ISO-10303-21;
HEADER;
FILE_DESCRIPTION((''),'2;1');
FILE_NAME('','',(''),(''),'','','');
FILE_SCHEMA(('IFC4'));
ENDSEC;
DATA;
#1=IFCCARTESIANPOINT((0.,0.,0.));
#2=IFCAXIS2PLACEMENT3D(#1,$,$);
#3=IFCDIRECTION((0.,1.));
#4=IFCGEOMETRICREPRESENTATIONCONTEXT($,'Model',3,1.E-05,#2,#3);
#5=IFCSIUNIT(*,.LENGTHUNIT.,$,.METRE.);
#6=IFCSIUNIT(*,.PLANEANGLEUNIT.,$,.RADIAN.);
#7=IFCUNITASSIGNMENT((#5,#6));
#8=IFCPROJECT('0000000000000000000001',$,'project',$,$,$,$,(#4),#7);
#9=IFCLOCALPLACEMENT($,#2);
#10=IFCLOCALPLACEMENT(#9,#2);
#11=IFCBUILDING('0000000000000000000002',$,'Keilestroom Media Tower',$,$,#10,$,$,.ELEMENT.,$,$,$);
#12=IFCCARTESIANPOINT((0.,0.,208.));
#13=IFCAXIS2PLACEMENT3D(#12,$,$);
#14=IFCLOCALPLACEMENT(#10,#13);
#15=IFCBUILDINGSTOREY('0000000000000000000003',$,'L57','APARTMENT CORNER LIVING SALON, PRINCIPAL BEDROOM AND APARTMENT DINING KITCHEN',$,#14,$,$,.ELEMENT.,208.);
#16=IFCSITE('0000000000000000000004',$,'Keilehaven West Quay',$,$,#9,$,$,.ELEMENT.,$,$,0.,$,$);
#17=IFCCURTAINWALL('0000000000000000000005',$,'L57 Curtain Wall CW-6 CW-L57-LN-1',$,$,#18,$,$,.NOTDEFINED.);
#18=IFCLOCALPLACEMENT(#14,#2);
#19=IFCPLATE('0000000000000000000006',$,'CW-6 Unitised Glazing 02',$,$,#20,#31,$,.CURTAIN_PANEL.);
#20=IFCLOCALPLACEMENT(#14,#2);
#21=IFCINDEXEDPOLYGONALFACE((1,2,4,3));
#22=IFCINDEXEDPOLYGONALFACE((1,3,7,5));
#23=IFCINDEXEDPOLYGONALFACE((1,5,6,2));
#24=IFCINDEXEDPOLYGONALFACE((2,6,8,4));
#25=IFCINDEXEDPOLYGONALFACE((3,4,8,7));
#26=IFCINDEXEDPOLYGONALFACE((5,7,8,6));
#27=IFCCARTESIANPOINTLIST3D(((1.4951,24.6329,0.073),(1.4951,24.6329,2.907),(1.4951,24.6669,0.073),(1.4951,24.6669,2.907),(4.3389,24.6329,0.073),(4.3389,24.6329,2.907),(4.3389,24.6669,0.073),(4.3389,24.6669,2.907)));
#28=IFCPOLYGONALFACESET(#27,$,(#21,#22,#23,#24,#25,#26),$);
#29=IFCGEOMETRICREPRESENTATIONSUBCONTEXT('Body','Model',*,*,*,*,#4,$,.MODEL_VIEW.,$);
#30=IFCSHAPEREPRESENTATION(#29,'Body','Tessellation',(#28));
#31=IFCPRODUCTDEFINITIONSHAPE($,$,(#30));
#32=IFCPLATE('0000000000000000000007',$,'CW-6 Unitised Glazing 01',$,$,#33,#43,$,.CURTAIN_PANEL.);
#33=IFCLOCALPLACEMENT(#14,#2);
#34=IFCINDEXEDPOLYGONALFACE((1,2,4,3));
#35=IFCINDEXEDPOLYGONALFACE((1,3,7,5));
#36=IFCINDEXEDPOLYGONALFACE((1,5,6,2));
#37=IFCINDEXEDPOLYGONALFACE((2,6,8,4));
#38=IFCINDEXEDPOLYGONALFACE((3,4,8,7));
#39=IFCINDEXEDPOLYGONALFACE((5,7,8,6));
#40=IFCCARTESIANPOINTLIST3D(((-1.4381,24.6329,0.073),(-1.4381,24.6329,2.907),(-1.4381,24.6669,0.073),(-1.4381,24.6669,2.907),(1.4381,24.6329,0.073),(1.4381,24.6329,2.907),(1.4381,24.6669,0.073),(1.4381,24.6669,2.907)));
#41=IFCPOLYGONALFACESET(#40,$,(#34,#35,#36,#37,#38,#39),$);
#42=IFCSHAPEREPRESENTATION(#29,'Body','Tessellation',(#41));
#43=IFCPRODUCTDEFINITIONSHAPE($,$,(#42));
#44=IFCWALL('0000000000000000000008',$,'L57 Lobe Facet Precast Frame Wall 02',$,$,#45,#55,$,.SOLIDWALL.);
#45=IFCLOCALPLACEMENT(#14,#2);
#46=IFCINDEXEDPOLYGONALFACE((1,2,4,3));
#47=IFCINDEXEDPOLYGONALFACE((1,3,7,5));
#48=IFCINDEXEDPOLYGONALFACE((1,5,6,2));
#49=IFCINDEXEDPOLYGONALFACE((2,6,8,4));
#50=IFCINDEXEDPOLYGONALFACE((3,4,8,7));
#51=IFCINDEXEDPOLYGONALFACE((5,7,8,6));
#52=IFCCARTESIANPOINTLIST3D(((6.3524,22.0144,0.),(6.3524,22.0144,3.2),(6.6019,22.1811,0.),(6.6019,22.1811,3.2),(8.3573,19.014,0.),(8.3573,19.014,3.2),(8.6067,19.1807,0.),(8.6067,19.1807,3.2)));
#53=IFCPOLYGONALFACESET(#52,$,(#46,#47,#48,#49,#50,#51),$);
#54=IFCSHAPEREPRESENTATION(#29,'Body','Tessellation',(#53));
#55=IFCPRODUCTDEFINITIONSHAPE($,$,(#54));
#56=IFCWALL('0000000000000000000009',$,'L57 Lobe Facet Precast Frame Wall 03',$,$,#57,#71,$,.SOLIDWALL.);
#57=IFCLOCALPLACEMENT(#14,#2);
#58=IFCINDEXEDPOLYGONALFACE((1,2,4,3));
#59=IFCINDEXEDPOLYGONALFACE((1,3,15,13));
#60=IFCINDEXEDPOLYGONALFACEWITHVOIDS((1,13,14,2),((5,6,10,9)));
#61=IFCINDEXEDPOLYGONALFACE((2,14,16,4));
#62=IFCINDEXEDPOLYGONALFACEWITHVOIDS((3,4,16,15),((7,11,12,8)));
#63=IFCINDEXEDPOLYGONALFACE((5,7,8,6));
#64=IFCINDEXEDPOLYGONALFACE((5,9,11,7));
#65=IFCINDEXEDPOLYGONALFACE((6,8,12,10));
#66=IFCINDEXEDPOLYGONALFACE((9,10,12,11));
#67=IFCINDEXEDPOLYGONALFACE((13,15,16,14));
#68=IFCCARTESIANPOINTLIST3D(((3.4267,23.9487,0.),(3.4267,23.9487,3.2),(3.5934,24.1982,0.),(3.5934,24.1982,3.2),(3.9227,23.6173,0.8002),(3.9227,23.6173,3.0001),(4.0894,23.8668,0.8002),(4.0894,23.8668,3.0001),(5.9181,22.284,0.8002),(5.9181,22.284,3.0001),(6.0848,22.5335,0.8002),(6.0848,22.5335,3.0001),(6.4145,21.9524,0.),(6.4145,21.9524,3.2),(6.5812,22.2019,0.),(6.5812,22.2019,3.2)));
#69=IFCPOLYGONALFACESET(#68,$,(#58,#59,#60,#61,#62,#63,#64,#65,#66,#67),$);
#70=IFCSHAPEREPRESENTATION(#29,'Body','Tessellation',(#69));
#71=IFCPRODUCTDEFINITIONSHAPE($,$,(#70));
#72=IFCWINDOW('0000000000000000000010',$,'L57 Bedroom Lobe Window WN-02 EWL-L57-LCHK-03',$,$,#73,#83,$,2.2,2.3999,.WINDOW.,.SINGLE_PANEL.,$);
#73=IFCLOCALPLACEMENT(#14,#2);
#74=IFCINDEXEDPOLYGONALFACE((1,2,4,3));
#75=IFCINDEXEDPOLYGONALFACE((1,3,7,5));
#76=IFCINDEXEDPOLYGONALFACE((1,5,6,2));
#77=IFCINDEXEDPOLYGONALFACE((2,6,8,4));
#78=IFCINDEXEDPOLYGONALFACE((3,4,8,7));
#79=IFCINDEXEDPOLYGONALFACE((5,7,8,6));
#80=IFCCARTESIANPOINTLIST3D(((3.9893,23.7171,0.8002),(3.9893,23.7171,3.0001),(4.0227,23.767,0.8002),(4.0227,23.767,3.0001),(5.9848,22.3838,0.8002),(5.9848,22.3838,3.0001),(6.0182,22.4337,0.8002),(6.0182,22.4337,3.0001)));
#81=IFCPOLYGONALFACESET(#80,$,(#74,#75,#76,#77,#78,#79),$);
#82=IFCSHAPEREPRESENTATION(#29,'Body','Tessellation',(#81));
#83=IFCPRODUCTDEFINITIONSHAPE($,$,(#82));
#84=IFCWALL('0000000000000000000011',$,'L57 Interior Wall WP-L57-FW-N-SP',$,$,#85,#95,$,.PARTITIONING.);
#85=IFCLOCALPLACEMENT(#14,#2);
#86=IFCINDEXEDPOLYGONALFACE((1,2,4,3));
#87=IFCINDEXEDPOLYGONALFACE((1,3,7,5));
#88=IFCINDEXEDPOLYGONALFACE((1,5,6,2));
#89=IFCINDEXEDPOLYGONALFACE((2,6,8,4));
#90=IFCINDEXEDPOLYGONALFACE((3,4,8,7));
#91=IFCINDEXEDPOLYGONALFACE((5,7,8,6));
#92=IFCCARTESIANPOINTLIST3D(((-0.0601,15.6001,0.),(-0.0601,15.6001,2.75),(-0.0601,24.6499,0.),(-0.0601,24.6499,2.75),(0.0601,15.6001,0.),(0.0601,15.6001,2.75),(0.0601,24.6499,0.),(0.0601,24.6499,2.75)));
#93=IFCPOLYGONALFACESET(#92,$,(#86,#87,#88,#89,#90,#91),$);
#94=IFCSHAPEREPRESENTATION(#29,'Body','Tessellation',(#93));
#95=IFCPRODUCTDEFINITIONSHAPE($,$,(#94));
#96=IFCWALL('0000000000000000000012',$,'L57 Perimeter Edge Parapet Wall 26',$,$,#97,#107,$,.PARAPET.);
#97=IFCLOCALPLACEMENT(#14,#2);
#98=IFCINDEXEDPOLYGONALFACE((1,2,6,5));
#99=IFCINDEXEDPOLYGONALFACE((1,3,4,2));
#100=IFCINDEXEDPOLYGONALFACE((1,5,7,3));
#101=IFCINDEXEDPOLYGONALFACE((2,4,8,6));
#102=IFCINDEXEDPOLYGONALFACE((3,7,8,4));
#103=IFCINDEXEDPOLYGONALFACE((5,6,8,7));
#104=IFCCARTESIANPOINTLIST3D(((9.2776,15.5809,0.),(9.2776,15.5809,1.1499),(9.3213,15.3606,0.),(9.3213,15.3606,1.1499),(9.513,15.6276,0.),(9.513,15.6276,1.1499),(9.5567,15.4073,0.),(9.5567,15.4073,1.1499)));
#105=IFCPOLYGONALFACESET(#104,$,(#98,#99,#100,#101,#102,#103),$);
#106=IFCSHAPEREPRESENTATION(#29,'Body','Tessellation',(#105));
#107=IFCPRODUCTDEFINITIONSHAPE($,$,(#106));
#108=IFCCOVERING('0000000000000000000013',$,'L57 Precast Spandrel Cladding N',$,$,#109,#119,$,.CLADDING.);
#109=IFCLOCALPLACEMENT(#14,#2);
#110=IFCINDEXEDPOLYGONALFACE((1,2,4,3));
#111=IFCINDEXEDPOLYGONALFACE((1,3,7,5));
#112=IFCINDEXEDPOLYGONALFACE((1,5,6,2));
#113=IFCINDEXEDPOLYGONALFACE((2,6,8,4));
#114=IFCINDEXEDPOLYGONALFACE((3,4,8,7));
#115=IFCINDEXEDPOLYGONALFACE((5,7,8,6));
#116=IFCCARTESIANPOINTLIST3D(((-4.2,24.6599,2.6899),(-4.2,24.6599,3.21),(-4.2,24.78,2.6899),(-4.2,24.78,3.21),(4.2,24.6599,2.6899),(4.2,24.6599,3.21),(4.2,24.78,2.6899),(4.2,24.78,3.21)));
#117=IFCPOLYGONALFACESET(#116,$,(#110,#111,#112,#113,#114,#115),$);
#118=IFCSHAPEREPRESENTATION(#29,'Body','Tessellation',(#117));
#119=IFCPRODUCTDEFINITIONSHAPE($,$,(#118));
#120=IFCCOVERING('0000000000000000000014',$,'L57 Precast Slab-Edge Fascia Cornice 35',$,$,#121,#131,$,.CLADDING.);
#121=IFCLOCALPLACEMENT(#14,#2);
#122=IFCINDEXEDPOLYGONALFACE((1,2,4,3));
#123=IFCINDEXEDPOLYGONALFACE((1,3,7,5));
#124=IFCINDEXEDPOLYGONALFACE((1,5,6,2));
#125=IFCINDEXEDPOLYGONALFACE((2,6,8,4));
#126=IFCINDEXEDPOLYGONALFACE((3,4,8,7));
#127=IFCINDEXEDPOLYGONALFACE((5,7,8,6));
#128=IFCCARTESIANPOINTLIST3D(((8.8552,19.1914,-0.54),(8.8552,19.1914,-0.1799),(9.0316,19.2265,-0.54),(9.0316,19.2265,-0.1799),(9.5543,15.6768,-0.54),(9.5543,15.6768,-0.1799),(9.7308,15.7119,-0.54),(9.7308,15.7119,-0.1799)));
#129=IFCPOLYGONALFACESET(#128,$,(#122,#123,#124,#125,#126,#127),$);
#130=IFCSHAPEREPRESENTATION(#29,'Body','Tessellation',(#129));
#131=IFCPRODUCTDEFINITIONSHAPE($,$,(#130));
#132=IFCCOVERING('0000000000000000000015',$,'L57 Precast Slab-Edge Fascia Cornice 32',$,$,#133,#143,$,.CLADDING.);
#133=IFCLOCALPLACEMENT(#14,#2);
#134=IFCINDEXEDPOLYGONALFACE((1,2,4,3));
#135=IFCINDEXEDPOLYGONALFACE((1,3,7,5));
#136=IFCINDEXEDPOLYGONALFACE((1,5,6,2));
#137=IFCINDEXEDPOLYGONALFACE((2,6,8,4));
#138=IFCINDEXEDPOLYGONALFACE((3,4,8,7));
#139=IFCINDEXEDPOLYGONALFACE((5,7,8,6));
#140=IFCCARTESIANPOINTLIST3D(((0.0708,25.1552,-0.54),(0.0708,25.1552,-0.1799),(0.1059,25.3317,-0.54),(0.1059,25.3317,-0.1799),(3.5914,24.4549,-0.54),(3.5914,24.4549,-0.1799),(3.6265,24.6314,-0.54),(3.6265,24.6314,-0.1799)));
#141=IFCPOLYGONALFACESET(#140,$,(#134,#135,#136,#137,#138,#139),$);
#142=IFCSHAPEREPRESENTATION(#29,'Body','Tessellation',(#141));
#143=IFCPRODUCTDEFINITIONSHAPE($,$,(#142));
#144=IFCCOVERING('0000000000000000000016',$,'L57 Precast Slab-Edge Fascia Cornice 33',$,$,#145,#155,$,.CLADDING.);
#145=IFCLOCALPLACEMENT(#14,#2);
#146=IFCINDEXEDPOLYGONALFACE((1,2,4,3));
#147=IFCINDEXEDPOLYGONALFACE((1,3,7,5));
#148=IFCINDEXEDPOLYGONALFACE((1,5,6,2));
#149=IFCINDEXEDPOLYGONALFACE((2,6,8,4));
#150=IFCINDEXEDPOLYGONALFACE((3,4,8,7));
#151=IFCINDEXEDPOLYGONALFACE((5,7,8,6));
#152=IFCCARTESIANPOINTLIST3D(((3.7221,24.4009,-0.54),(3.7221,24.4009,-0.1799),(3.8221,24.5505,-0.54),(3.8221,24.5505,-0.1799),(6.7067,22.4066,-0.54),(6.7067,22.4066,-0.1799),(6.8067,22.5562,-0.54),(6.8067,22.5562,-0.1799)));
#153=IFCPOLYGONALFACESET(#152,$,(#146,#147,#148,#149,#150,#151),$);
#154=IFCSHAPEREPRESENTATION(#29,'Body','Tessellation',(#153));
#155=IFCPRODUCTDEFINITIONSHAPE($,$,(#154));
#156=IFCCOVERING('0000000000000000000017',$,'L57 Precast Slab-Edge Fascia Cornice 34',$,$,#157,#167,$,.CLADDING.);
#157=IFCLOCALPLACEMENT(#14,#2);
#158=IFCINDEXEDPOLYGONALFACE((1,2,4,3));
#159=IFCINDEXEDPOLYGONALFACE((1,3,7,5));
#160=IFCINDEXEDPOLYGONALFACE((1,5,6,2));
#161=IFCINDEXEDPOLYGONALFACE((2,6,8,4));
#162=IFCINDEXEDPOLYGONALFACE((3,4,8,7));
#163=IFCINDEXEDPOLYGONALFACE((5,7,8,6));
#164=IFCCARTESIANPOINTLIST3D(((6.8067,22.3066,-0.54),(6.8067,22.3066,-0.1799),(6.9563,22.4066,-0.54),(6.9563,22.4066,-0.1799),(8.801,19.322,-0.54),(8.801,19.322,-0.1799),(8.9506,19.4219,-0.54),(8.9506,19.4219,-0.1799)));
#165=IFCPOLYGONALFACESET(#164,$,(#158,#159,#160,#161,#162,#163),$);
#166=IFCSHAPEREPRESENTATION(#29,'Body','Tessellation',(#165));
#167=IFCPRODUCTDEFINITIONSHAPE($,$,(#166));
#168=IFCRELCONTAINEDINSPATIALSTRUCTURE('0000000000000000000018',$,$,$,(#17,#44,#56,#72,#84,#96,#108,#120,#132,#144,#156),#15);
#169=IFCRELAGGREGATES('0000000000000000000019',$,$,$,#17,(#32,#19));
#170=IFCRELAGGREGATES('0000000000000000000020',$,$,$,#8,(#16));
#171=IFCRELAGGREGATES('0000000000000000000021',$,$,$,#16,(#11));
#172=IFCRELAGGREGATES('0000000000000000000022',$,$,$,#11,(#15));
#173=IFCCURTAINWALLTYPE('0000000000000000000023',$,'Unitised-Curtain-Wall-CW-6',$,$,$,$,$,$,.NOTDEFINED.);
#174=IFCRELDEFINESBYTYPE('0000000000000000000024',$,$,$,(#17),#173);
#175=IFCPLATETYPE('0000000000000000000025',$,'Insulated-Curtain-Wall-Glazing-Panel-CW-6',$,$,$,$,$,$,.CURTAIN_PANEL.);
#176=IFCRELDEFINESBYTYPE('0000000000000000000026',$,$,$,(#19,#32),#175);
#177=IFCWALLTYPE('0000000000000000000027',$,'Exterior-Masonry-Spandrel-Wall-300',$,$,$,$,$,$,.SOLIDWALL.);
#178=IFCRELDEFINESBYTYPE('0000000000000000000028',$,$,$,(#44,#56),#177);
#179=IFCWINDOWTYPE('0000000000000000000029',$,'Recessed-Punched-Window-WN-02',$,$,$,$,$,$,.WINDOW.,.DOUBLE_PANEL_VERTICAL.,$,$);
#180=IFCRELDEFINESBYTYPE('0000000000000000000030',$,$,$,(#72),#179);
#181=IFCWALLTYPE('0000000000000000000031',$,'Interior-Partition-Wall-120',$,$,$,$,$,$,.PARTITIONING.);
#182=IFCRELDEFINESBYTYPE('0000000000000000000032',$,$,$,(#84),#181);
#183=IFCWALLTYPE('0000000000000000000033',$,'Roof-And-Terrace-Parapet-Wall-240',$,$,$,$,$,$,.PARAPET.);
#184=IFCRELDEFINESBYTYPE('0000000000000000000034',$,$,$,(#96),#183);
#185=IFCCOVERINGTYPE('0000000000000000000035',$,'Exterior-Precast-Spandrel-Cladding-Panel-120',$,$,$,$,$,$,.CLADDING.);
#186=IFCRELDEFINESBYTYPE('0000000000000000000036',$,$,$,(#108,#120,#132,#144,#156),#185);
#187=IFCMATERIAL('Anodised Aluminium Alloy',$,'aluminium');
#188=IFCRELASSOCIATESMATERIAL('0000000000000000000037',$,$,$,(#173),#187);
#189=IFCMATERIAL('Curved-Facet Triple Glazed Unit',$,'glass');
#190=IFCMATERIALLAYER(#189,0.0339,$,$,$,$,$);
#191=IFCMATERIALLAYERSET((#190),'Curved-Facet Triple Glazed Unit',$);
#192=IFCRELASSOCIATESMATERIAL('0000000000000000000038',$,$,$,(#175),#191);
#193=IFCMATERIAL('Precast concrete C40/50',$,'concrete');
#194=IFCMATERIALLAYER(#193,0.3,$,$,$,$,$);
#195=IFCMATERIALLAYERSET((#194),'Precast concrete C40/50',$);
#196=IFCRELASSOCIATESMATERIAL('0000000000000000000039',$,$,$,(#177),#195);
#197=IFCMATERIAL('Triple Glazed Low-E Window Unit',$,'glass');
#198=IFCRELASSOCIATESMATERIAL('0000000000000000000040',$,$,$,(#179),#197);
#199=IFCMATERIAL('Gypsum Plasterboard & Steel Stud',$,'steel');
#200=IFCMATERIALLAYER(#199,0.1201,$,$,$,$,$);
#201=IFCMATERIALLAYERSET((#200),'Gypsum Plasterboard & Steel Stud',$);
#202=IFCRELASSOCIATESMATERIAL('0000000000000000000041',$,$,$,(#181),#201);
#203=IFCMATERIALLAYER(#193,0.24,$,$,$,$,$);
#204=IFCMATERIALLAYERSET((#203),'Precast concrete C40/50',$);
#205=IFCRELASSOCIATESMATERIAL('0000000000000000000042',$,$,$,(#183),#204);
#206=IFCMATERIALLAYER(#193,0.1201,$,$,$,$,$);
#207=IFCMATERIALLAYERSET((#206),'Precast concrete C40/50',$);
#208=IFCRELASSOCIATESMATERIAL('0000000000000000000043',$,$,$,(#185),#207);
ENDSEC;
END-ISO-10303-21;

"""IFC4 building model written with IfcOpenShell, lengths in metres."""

from ifc_helpers import new_model, si_unit, direction, frame, frame_2d, origin, origin_2d, place, context, subcontext, project, spatial, rectangle, extrude, source, transform, mapped, material, layer, layer_set, type_object, element, fill, aggregate, save


model = new_model("IFC4")

# Units and contexts
model_context = context("Model", 3, precision=1e-05, world=origin(), true_north=direction((0.0, 1.0)))
body_context = subcontext(model_context, "Body", "Model", "MODEL_VIEW")
ifc_project = project(units=[si_unit("LENGTHUNIT", "METRE"), si_unit("PLANEANGLEUNIT", "RADIAN")], contexts=[model_context])

# Site, building, storey
site_placement = place(None, origin())
site = spatial("IfcSite", under=ifc_project, at=site_placement, Name="Keilehaven West Quay", CompositionType="ELEMENT", RefElevation=0.0)
building_placement = place(site_placement, origin())
building = spatial("IfcBuilding", under=site, at=building_placement, Name="Keilestroom Media Tower", CompositionType="ELEMENT")
storey_placement = place(building_placement, frame((0.0, 0.0, 208.0)))
storey = spatial("IfcBuildingStorey", under=building, at=storey_placement, Name="L57", Description="APARTMENT CORNER LIVING SALON, PRINCIPAL BEDROOM AND APARTMENT DINING KITCHEN", CompositionType="ELEMENT", Elevation=208.0)

# Curtain wall, plates
ifc_material_1 = material(Name="Anodised Aluminium Alloy", Category="aluminium")
curtain_wall_type = type_object("IfcCurtainWallType", Name="Unitised-Curtain-Wall-CW-6", PredefinedType="NOTDEFINED", material=ifc_material_1)
curtain_wall_placement = place(storey_placement, origin())
curtain_wall = element("IfcCurtainWall", 1, at=curtain_wall_placement, inside=storey, type_object=curtain_wall_type, Name="L57 Curtain Wall CW-6 CW-L57-LN-1", PredefinedType="NOTDEFINED")
ifc_material_2 = material(Name="Curved-Facet Triple Glazed Unit", Category="glass")
ifc_layer_1 = layer(ifc_material_2, 0.0339)
ifc_layer_set_1 = layer_set([ifc_layer_1], Name="Curved-Facet Triple Glazed Unit")
plate_type = type_object("IfcPlateType", Name="Insulated-Curtain-Wall-Glazing-Panel-CW-6", PredefinedType="CURTAIN_PANEL", material=ifc_layer_set_1)
shared_shape_1 = source(origin(), body_context, "Body", "SweptSolid", [
    extrude(rectangle(XDim=2.8438, YDim=0.0339, at=origin_2d()), origin(), (0.0, 0.0, 1.0), 2.834),
])
plate_1_placement = place(storey_placement, frame((2.917, 24.6499, 0.073), z_axis=(0.0, 0.0, 1.0), x_axis=(1.0, 0.0, 0.0)))
plate_1 = element("IfcPlate", 2, at=plate_1_placement, type_object=plate_type, Name="CW-6 Unitised Glazing 02", PredefinedType="CURTAIN_PANEL", context=body_context, shape_type="MappedRepresentation", body=[
    mapped(shared_shape_1, transform((0.0, 0.0, 0.0), x_axis=(1.0, 0.0, 0.0), y_axis=(0.0, 1.0, 0.0), z_axis=(0.0, 0.0, 1.0), scale=1.0)),
])
shared_shape_2 = source(origin(), body_context, "Body", "SweptSolid", [
    extrude(rectangle(XDim=2.8762, YDim=0.0339, at=origin_2d()), origin(), (0.0, 0.0, 1.0), 2.834),
])
plate_2_placement = place(storey_placement, frame((0.0, 24.6499, 0.073), z_axis=(0.0, 0.0, 1.0), x_axis=(1.0, 0.0, 0.0)))
plate_2 = element("IfcPlate", 3, at=plate_2_placement, type_object=plate_type, Name="CW-6 Unitised Glazing 01", PredefinedType="CURTAIN_PANEL", context=body_context, shape_type="MappedRepresentation", body=[
    mapped(shared_shape_2, transform((0.0, 0.0, 0.0), x_axis=(1.0, 0.0, 0.0), y_axis=(0.0, 1.0, 0.0), z_axis=(0.0, 0.0, 1.0), scale=1.0)),
])
aggregate(curtain_wall, [plate_2, plate_1])

# Wall
ifc_material_3 = material(Name="Precast concrete C40/50", Category="concrete")
ifc_layer_2 = layer(ifc_material_3, 0.3)
ifc_layer_set_2 = layer_set([ifc_layer_2], Name="Precast concrete C40/50")
wall_type_1 = type_object("IfcWallType", Name="Exterior-Masonry-Spandrel-Wall-300", PredefinedType="SOLIDWALL", material=ifc_layer_set_2)
wall_1_placement = place(storey_placement, frame((8.4819, 19.0974, 0.0), z_axis=(0.0, 0.0, 1.0), x_axis=(-0.555574, 0.831467, 0.0)))
element("IfcWall", 4, at=wall_1_placement, inside=storey, type_object=wall_type_1, Name="L57 Lobe Facet Precast Frame Wall 02", PredefinedType="SOLIDWALL", context=body_context, shape_type="SweptSolid", body=[
    extrude(rectangle(XDim=3.6086, YDim=0.3, at=frame_2d((1.8042, 0.0))), origin(), (0.0, 0.0, 1.0), 3.2),
])

# Wall, opening, window
wall_2_placement = place(storey_placement, frame((6.4978, 22.0771, 0.0), z_axis=(0.0, 0.0, 1.0), x_axis=(-0.831475, 0.555562, 0.0)))
wall_2 = element("IfcWall", 5, at=wall_2_placement, inside=storey, type_object=wall_type_1, Name="L57 Lobe Facet Precast Frame Wall 03", PredefinedType="SOLIDWALL", context=body_context, shape_type="SweptSolid", body=[
    extrude(rectangle(XDim=3.5933, YDim=0.3, at=frame_2d((1.7966, 0.0))), origin(), (0.0, 0.0, 1.0), 3.2),
])
opening_placement = place(wall_2_placement, frame((0.5969, 0.0, 0.8)))
opening = element("IfcOpeningElement", 6, at=opening_placement, cuts=wall_2, PredefinedType="OPENING", context=body_context, shape_type="SweptSolid", body=[
    extrude(rectangle(XDim=2.3999, YDim=2.2, at=frame_2d((1.2, 1.1001))), frame((0.0, 0.1602, 0.0), z_axis=(0.0, -1.0, 0.0), x_axis=(1.0, 0.0, 0.0)), (0.0, 0.0, 1.0), 0.3201),
])
ifc_material_4 = material(Name="Triple Glazed Low-E Window Unit", Category="glass")
window_type = type_object("IfcWindowType", Name="Recessed-Punched-Window-WN-02", PartitioningType="DOUBLE_PANEL_VERTICAL", PredefinedType="WINDOW", material=ifc_material_4)
shared_shape_3 = source(origin(), body_context, "Body", "SweptSolid", [
    extrude(rectangle(XDim=2.3999, YDim=2.2, at=frame_2d((1.2, 1.1001))), frame((0.0, 0.03, 0.0), z_axis=(0.0, -1.0, 0.0), x_axis=(1.0, 0.0, 0.0)), (0.0, 0.0, 1.0), 0.0601),
])
window_placement = place(opening_placement, origin())
window = element("IfcWindow", 7, at=window_placement, inside=storey, type_object=window_type, Name="L57 Bedroom Lobe Window WN-02 EWL-L57-LCHK-03", OverallHeight=2.2, OverallWidth=2.3999, PartitioningType="SINGLE_PANEL", PredefinedType="WINDOW", context=body_context, shape_type="MappedRepresentation", body=[
    mapped(shared_shape_3, transform((0.0, 0.0, 0.0), x_axis=(1.0, 0.0, 0.0), y_axis=(0.0, 1.0, 0.0), z_axis=(0.0, 0.0, 1.0), scale=1.0)),
])
fill(opening, window)

# Walls
ifc_material_5 = material(Name="Gypsum Plasterboard & Steel Stud", Category="steel")
ifc_layer_3 = layer(ifc_material_5, 0.1201)
ifc_layer_set_3 = layer_set([ifc_layer_3], Name="Gypsum Plasterboard & Steel Stud")
wall_type_2 = type_object("IfcWallType", Name="Interior-Partition-Wall-120", PredefinedType="PARTITIONING", material=ifc_layer_set_3)
wall_3_placement = place(storey_placement, frame((0.0, 15.6001, 0.0), z_axis=(0.0, 0.0, 1.0), x_axis=(0.0, 1.0, 0.0)))
element("IfcWall", 8, at=wall_3_placement, inside=storey, type_object=wall_type_2, Name="L57 Interior Wall WP-L57-FW-N-SP", PredefinedType="PARTITIONING", context=body_context, shape_type="SweptSolid", body=[
    extrude(rectangle(XDim=9.0498, YDim=0.1201, at=frame_2d((4.5249, 0.0))), origin(), (0.0, 0.0, 1.0), 2.75),
])
ifc_layer_4 = layer(ifc_material_3, 0.24)
ifc_layer_set_4 = layer_set([ifc_layer_4], Name="Precast concrete C40/50")
wall_type_3 = type_object("IfcWallType", Name="Roof-And-Terrace-Parapet-Wall-240", PredefinedType="PARAPET", material=ifc_layer_set_4)
wall_4_placement = place(storey_placement, frame((9.3953, 15.6042, 0.0), z_axis=(0.0, 0.0, 1.0), x_axis=(0.194652, -0.980872, 0.0)))
element("IfcWall", 9, at=wall_4_placement, inside=storey, type_object=wall_type_3, Name="L57 Perimeter Edge Parapet Wall 26", PredefinedType="PARAPET", context=body_context, shape_type="SweptSolid", body=[
    extrude(rectangle(XDim=0.2246, YDim=0.24, at=frame_2d((0.1123, 0.0))), origin(), (0.0, 0.0, 1.0), 1.1499),
])

# Coverings
ifc_layer_5 = layer(ifc_material_3, 0.1201)
ifc_layer_set_5 = layer_set([ifc_layer_5], Name="Precast concrete C40/50")
covering_type = type_object("IfcCoveringType", Name="Exterior-Precast-Spandrel-Cladding-Panel-120", PredefinedType="CLADDING", material=ifc_layer_set_5)
shared_shape_4 = source(origin(), body_context, "Body", "SweptSolid", [
    extrude(rectangle(XDim=8.3999, YDim=0.1201, at=origin_2d()), origin(), (0.0, 0.0, 1.0), 0.52),
])
covering_1_placement = place(storey_placement, frame((0.0, 24.72, 2.6899), z_axis=(0.0, 0.0, 1.0), x_axis=(1.0, 0.0, 0.0)))
element("IfcCovering", 10, at=covering_1_placement, inside=storey, type_object=covering_type, Name="L57 Precast Spandrel Cladding N", PredefinedType="CLADDING", context=body_context, shape_type="MappedRepresentation", body=[
    mapped(shared_shape_4, transform((0.0, 0.0, 0.0), x_axis=(1.0, 0.0, 0.0), y_axis=(0.0, 1.0, 0.0), z_axis=(0.0, 0.0, 1.0), scale=1.0)),
])
shared_shape_5 = source(origin(), body_context, "Body", "SweptSolid", [
    extrude(rectangle(XDim=3.5835, YDim=0.1799, at=origin_2d()), origin(), (0.0, 0.0, 1.0), 0.3601),
])
covering_2_placement = place(storey_placement, frame((9.293, 17.4517, -0.54), z_axis=(0.0, 0.0, 1.0), x_axis=(0.195099, -0.980784, 0.0)))
element("IfcCovering", 11, at=covering_2_placement, inside=storey, type_object=covering_type, Name="L57 Precast Slab-Edge Fascia Cornice 35", PredefinedType="CLADDING", context=body_context, shape_type="MappedRepresentation", body=[
    mapped(shared_shape_5, transform((0.0, 0.0, 0.0), x_axis=(1.0, 0.0, 0.0), y_axis=(0.0, 1.0, 0.0), z_axis=(0.0, 0.0, 1.0), scale=1.0)),
])
shared_shape_6 = source(origin(), body_context, "Body", "SweptSolid", [
    extrude(rectangle(XDim=3.5896, YDim=0.1799, at=origin_2d()), origin(), (0.0, 0.0, 1.0), 0.3601),
])
for number, where, z_axis, x_axis, name in (
    (12, (1.8486, 24.8933, -0.54), (0.0, 0.0, 1.0), (0.980784, -0.195099, 0.0), "L57 Precast Slab-Edge Fascia Cornice 32"),
    (13, (5.2644, 23.4785, -0.54), (0.0, 0.0, 1.0), (0.831467, -0.555575, 0.0), "L57 Precast Slab-Edge Fascia Cornice 33"),
    (14, (7.8787, 20.8643, -0.54), (0.0, 0.0, 1.0), (0.555575, -0.831467, 0.0), "L57 Precast Slab-Edge Fascia Cornice 34"),
):
    element("IfcCovering", number, at=place(storey_placement, frame(where, z_axis=z_axis, x_axis=x_axis)), inside=storey, type_object=covering_type, Name=name, PredefinedType="CLADDING", context=body_context, shape_type="MappedRepresentation", body=[
        mapped(shared_shape_6, transform((0.0, 0.0, 0.0), x_axis=(1.0, 0.0, 0.0), y_axis=(0.0, 1.0, 0.0), z_axis=(0.0, 0.0, 1.0), scale=1.0)),
    ])

save(model, "model.ifc")
